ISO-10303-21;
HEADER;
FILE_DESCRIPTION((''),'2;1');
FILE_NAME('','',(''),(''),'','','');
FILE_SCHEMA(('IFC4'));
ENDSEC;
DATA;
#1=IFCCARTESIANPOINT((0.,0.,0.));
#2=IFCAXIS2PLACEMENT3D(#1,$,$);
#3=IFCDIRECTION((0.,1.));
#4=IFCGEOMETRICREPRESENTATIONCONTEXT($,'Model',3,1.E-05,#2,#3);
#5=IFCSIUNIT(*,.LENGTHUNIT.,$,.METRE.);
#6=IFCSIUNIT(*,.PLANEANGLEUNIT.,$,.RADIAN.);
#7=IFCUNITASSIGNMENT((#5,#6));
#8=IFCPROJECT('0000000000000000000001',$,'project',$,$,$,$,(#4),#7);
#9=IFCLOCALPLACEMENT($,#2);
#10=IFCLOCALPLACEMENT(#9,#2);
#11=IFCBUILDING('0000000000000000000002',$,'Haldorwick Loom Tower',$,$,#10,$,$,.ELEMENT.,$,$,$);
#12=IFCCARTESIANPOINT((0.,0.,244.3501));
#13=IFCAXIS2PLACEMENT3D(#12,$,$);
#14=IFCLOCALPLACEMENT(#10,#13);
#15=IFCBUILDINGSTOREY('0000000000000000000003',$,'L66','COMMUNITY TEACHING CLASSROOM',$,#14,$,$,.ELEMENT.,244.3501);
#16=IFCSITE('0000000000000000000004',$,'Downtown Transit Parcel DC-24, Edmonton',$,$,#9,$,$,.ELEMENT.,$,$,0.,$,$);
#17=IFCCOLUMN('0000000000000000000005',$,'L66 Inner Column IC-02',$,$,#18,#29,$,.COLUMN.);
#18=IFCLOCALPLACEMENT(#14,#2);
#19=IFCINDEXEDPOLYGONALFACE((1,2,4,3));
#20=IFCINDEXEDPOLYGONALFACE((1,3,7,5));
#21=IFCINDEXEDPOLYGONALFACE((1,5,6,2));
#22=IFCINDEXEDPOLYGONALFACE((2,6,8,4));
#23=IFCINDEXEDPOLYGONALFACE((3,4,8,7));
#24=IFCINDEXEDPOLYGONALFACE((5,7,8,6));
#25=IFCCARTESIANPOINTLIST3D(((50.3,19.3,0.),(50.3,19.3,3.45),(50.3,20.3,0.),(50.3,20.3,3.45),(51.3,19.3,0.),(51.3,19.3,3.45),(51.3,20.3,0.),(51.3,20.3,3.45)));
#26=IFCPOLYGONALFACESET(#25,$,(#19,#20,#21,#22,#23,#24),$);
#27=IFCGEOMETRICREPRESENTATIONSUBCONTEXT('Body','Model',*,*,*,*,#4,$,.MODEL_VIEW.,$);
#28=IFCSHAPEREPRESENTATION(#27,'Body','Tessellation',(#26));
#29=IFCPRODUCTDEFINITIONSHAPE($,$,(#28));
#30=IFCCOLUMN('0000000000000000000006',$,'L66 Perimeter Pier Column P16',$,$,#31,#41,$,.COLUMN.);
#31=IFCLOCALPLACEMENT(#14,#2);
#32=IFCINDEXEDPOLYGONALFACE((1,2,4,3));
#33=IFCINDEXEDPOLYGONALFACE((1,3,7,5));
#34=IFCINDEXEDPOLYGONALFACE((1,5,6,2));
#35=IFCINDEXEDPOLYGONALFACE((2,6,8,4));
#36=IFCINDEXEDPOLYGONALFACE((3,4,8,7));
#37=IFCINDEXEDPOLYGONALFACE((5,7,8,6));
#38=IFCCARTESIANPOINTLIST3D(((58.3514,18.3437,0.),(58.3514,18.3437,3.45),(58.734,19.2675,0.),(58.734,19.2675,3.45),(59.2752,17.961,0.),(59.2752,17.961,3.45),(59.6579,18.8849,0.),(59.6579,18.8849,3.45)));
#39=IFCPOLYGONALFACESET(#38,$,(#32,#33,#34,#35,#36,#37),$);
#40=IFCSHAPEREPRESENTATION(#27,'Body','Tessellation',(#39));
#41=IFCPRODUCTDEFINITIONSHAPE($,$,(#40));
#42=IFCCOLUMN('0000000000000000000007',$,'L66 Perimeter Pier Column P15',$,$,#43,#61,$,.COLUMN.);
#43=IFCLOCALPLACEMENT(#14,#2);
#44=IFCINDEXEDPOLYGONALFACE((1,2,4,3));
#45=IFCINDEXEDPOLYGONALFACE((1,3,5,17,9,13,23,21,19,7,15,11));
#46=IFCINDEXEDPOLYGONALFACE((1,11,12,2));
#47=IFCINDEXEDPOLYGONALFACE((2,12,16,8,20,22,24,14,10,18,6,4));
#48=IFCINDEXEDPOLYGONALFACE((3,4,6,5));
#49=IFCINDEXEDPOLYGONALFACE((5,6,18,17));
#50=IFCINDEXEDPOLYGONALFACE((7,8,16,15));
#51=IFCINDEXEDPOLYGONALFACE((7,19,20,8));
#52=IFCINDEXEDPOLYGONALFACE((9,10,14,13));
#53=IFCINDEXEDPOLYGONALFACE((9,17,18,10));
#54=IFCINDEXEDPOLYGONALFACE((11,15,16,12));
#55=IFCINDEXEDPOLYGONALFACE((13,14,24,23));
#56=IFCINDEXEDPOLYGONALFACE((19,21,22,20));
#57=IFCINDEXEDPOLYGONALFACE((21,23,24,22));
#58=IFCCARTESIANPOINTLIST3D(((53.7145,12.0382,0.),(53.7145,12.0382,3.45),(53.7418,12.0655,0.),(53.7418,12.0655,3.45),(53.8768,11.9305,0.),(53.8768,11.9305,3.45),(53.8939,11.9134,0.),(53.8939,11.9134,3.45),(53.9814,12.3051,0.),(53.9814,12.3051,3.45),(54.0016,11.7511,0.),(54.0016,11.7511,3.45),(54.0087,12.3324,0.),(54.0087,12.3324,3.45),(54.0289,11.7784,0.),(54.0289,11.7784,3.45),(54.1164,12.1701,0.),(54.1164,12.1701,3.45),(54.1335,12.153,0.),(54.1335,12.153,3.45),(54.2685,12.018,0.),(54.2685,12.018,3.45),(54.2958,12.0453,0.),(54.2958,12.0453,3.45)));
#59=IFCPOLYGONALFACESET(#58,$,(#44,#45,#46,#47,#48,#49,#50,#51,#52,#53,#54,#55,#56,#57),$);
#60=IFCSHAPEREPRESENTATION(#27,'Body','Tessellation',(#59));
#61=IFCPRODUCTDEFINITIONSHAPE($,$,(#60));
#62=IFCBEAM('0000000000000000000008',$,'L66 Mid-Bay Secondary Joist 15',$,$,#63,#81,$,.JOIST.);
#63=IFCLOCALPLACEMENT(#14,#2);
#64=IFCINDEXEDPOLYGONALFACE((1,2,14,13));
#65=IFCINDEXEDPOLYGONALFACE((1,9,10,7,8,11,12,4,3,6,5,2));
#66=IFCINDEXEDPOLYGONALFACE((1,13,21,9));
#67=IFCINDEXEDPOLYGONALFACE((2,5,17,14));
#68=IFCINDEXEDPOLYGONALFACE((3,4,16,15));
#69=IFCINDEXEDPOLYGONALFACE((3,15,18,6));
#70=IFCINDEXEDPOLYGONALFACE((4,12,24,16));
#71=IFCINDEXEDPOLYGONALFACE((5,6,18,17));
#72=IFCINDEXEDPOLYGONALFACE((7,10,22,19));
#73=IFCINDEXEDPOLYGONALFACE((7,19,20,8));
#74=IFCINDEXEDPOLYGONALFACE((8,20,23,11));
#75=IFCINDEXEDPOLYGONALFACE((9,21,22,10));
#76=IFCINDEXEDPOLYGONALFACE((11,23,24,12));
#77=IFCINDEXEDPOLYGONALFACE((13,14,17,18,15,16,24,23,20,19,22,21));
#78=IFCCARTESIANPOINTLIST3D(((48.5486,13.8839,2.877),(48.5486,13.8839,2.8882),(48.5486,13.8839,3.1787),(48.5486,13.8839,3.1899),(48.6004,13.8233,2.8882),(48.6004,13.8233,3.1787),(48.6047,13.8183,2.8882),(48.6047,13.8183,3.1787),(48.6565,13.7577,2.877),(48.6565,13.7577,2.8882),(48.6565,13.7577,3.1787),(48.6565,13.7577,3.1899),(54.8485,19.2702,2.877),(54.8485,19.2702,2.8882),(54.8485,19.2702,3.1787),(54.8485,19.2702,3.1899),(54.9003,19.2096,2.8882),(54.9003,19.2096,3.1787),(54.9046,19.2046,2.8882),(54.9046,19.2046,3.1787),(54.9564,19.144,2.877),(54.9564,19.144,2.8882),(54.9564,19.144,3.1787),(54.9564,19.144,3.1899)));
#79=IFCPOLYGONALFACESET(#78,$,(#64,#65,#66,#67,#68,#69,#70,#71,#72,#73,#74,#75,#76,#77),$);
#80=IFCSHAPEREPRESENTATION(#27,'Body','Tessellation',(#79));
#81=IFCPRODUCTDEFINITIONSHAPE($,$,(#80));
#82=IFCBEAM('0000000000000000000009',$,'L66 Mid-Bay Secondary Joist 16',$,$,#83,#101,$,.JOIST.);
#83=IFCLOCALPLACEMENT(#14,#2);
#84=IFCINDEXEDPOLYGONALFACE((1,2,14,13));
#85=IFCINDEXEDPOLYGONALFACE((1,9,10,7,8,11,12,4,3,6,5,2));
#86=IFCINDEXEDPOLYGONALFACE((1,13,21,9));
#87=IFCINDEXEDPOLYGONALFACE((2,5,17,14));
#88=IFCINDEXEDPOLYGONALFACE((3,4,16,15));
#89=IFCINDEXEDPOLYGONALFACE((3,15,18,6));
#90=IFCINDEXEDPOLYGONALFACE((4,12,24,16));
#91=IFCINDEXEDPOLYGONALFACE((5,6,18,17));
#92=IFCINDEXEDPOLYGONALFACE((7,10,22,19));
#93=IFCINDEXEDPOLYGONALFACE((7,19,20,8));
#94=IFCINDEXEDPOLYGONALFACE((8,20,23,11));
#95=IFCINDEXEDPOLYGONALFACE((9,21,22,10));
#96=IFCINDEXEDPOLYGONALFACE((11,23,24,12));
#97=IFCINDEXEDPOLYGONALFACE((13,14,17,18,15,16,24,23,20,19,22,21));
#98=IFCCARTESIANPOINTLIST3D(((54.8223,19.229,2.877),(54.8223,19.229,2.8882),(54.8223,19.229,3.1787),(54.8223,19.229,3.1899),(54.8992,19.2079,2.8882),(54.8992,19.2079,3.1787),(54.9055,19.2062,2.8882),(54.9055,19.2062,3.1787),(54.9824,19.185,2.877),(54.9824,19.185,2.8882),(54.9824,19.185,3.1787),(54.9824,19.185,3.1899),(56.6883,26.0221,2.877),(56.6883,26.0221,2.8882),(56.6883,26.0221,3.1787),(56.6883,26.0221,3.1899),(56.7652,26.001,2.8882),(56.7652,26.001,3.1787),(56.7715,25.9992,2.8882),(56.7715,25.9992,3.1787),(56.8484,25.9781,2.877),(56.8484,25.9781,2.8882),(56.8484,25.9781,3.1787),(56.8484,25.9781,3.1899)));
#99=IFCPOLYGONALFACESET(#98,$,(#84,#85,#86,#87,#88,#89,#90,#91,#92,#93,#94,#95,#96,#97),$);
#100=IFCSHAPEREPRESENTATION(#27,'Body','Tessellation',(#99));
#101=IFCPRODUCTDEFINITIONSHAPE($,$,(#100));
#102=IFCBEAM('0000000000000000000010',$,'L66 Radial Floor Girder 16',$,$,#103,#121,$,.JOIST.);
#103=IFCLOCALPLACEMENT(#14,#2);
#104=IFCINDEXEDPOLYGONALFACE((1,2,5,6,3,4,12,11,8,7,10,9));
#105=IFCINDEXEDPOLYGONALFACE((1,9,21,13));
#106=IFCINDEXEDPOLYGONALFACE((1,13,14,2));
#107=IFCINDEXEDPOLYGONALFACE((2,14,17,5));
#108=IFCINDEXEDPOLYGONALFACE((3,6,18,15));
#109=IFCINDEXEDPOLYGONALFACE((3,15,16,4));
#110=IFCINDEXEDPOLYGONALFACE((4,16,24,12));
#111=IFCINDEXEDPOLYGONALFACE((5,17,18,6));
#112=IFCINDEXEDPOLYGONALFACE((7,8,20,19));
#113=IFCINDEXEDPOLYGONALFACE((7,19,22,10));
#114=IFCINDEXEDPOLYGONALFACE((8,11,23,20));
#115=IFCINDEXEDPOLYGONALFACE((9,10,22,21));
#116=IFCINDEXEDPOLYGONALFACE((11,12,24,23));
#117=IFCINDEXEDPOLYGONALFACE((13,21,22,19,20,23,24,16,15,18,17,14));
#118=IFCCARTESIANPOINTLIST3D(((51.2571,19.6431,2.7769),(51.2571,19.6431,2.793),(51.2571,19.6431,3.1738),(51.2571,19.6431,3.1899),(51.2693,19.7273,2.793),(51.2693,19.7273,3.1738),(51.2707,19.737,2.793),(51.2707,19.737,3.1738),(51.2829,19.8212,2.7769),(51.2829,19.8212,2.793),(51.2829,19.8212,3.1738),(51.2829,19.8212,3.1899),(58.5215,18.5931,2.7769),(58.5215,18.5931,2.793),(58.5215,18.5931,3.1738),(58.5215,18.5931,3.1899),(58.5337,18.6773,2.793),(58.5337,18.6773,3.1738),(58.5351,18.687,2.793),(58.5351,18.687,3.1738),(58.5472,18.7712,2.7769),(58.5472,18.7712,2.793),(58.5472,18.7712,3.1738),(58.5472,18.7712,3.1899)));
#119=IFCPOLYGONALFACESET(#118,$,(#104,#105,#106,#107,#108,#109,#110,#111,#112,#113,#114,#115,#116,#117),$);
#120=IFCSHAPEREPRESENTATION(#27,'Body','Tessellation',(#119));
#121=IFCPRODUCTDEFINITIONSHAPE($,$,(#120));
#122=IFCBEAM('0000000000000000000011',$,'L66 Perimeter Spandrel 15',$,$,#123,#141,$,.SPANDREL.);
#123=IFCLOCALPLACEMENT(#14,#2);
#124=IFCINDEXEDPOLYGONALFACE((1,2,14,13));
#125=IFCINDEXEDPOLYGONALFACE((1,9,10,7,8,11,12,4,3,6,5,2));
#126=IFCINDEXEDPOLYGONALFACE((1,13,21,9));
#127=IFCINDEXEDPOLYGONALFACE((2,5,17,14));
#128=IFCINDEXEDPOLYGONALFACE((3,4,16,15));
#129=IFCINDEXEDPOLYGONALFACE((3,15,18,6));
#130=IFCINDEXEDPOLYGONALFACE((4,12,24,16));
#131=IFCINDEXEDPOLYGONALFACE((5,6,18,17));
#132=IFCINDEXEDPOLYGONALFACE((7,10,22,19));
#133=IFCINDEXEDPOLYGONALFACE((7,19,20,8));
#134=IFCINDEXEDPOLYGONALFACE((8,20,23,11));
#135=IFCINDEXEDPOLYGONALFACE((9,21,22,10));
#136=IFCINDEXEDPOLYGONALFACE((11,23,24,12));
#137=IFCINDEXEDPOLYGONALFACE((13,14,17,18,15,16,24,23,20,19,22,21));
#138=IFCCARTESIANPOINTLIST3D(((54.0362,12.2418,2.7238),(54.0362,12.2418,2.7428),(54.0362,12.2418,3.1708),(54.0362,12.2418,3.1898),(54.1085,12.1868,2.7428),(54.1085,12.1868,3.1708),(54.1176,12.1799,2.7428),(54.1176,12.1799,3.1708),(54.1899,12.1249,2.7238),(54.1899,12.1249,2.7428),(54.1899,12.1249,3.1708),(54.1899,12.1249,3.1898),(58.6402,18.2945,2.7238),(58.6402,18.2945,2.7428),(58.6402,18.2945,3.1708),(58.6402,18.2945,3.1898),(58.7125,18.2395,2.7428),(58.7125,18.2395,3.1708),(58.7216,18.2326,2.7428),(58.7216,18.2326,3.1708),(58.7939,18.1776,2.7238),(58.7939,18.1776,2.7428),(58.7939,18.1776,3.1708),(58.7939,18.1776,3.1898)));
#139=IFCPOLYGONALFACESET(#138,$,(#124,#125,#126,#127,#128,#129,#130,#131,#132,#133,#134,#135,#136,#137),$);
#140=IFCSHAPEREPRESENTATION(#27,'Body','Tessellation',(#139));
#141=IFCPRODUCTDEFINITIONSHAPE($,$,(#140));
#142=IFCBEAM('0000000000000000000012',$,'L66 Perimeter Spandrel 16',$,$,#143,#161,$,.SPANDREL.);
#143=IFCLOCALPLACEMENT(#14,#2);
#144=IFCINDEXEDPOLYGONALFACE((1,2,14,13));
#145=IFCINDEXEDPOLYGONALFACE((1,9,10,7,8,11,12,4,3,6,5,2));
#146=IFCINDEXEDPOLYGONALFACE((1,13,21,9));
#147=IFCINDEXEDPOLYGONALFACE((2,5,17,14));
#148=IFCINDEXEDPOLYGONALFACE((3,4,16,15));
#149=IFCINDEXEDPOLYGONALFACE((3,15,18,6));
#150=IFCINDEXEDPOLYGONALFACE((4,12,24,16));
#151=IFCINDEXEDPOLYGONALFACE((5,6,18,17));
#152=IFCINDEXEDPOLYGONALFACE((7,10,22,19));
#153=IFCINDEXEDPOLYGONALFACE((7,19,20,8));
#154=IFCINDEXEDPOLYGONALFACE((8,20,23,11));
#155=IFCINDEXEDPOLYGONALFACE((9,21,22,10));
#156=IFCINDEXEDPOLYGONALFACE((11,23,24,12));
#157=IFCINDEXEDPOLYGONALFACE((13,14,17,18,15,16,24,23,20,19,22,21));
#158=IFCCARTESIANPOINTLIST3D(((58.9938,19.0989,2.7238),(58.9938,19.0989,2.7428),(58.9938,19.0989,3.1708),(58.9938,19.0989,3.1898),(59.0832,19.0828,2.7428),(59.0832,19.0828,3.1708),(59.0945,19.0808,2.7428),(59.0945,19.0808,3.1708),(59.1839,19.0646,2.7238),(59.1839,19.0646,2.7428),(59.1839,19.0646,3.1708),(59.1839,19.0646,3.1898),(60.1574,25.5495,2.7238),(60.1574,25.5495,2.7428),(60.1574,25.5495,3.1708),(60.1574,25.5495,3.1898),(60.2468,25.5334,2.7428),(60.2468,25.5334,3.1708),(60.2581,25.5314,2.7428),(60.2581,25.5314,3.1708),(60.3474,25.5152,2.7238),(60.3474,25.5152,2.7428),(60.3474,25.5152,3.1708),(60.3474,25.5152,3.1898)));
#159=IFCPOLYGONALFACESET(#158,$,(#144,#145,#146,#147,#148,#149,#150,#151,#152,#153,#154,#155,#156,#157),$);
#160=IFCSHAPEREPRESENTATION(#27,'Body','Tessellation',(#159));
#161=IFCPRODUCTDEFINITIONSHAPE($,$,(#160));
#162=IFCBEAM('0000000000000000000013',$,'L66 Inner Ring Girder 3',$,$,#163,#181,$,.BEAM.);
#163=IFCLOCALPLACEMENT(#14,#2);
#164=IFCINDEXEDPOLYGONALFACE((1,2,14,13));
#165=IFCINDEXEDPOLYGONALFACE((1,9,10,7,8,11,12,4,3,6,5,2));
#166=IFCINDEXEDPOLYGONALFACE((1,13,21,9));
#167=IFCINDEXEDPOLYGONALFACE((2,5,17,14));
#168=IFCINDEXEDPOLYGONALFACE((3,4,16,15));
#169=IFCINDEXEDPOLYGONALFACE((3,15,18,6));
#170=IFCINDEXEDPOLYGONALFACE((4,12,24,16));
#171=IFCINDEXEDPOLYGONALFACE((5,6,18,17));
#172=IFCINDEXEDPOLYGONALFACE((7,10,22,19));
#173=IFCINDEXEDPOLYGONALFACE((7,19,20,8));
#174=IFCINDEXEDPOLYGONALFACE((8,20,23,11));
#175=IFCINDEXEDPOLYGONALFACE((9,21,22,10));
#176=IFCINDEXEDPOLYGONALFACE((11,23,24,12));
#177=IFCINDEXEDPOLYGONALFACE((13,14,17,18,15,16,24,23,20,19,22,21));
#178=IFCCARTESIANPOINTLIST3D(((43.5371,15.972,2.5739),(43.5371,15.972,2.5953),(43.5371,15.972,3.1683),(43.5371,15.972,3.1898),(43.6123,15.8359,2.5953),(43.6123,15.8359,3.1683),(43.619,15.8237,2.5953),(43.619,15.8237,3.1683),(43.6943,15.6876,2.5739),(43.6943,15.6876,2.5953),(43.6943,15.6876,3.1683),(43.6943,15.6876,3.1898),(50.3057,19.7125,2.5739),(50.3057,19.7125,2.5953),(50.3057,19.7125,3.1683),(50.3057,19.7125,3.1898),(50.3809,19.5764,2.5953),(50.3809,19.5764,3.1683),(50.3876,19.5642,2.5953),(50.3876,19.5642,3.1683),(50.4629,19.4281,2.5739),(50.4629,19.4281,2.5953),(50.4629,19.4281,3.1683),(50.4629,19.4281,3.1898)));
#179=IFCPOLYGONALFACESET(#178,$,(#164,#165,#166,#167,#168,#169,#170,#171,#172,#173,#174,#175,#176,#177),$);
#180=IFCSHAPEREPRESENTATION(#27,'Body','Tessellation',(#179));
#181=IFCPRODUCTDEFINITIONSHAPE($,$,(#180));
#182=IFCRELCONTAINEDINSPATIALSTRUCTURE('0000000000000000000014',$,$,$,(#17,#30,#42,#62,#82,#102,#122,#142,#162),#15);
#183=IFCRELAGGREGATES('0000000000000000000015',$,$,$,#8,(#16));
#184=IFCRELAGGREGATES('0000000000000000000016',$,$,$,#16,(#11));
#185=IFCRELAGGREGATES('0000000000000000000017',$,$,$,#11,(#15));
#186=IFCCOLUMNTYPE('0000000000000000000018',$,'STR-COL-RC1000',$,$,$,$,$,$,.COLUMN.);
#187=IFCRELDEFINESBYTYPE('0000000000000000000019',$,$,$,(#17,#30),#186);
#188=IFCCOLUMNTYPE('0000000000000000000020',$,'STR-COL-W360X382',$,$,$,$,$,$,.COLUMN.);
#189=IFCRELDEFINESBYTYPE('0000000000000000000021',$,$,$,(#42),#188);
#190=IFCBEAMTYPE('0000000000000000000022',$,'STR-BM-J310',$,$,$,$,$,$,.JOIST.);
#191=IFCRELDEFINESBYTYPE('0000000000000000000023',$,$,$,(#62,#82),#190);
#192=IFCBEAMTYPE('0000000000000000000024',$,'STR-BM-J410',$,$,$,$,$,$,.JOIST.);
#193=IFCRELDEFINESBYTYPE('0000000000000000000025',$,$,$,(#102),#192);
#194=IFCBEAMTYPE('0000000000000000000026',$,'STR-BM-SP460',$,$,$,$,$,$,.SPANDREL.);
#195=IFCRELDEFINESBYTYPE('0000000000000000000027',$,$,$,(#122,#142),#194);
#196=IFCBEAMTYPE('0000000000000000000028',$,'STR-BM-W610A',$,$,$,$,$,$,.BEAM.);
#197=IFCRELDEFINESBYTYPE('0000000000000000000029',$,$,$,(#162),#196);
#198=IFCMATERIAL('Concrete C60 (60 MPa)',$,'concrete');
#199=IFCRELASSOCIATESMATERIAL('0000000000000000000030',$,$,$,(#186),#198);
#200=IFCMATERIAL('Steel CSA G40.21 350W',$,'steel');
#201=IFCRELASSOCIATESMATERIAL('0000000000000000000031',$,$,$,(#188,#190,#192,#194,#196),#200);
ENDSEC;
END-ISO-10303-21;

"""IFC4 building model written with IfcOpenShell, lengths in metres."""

from ifc_helpers import new_model, si_unit, direction, frame, origin, origin_2d, place, context, subcontext, project, spatial, rectangle, i_section, extrude, material, material_profile, profile_set, type_object, element, save


model = new_model("IFC4")

# Units and contexts
model_context = context("Model", 3, precision=1e-05, world=origin(), true_north=direction((0.0, 1.0)))
body_context = subcontext(model_context, "Body", "Model", "MODEL_VIEW")
ifc_project = project(units=[si_unit("LENGTHUNIT", "METRE"), si_unit("PLANEANGLEUNIT", "RADIAN")], contexts=[model_context])

# Site, building, storey
site_placement = place(None, origin())
site = spatial("IfcSite", under=ifc_project, at=site_placement, Name="Downtown Transit Parcel DC-24, Edmonton", CompositionType="ELEMENT", RefElevation=0.0)
building_placement = place(site_placement, origin())
building = spatial("IfcBuilding", under=site, at=building_placement, Name="Haldorwick Loom Tower", CompositionType="ELEMENT")
storey_placement = place(building_placement, frame((0.0, 0.0, 244.3501)))
storey = spatial("IfcBuildingStorey", under=building, at=storey_placement, Name="L66", Description="COMMUNITY TEACHING CLASSROOM", CompositionType="ELEMENT", Elevation=244.3501)

# Columns
ifc_material_1 = material(Name="Concrete C60 (60 MPa)", Category="concrete")
ifc_material_profile_1 = material_profile(ifc_material_1, rectangle(XDim=1.0, YDim=1.0, at=origin_2d()), Name="RC1000X1000", Category="concrete")
ifc_profile_set_1 = profile_set([ifc_material_profile_1], Name="Concrete C60 (60 MPa)")
column_type_1 = type_object("IfcColumnType", Name="STR-COL-RC1000", PredefinedType="COLUMN", material=ifc_profile_set_1)
for number, where, z_axis, x_axis, name in (
    (1, (50.8, 19.8, 0.0), (0.0, 0.0, 1.0), (1.0, 0.0, 0.0), "L66 Inner Column IC-02"),
    (2, (59.0046, 18.6143, 0.0), (0.0, 0.0, 1.0), (0.92388, -0.382683, 0.0), "L66 Perimeter Pier Column P16"),
):
    element("IfcColumn", number, at=place(storey_placement, frame(where, z_axis=z_axis, x_axis=x_axis)), inside=storey, type_object=column_type_1, Name=name, PredefinedType="COLUMN", context=body_context, shape_type="SweptSolid", body=[
        extrude(rectangle(XDim=1.0, YDim=1.0, at=origin_2d()), origin(), (0.0, 0.0, 1.0), 3.45),
    ])
ifc_material_2 = material(Name="Steel CSA G40.21 350W", Category="steel")
ifc_material_profile_2 = material_profile(ifc_material_2, i_section(OverallWidth=0.406, OverallDepth=0.416, WebThickness=0.0242, FlangeThickness=0.0386, at=origin_2d()), Name="W360X382", Category="steel")
ifc_profile_set_2 = profile_set([ifc_material_profile_2], Name="Steel CSA G40.21 350W")
column_type_2 = type_object("IfcColumnType", Name="STR-COL-W360X382", PredefinedType="COLUMN", material=ifc_profile_set_2)
column_placement = place(storey_placement, frame((54.0051, 12.0417, 0.0), z_axis=(0.0, 0.0, 1.0), x_axis=(0.707107, -0.707107, 0.0)))
element("IfcColumn", 3, at=column_placement, inside=storey, type_object=column_type_2, Name="L66 Perimeter Pier Column P15", PredefinedType="COLUMN", context=body_context, shape_type="SweptSolid", body=[
    extrude(i_section(OverallWidth=0.406, OverallDepth=0.416, WebThickness=0.0242, FlangeThickness=0.0386, at=origin_2d()), origin(), (0.0, 0.0, 1.0), 3.45),
])

# Beams
ifc_material_profile_3 = material_profile(ifc_material_2, i_section(OverallWidth=0.166, OverallDepth=0.313, WebThickness=0.0066, FlangeThickness=0.0112, at=origin_2d()), Name="W310X45", Category="steel")
ifc_profile_set_3 = profile_set([ifc_material_profile_3], Name="Steel CSA G40.21 350W")
beam_type_1 = type_object("IfcBeamType", Name="STR-BM-J310", PredefinedType="JOIST", material=ifc_profile_set_3)
beam_1_placement = place(storey_placement, frame((48.6025, 13.8208, 3.0334), z_axis=(0.760067, 0.649845, 0.0), x_axis=(-0.649845, 0.760067, 0.0)))
element("IfcBeam", 4, at=beam_1_placement, inside=storey, type_object=beam_type_1, Name="L66 Mid-Bay Secondary Joist 15", PredefinedType="JOIST", context=body_context, shape_type="SweptSolid", body=[
    extrude(i_section(OverallWidth=0.166, OverallDepth=0.313, WebThickness=0.0066, FlangeThickness=0.0112, at=origin_2d()), origin(), (0.0, 0.0, 1.0), 8.2886),
])
beam_2_placement = place(storey_placement, frame((54.9023, 19.207, 3.0334), z_axis=(0.264879, 0.964282, 0.0), x_axis=(-0.964282, 0.264879, 0.0)))
element("IfcBeam", 5, at=beam_2_placement, inside=storey, type_object=beam_type_1, Name="L66 Mid-Bay Secondary Joist 16", PredefinedType="JOIST", context=body_context, shape_type="SweptSolid", body=[
    extrude(i_section(OverallWidth=0.166, OverallDepth=0.313, WebThickness=0.0066, FlangeThickness=0.0112, at=origin_2d()), origin(), (0.0, 0.0, 1.0), 7.0447),
])
ifc_material_profile_4 = material_profile(ifc_material_2, i_section(OverallWidth=0.1799, OverallDepth=0.4131, WebThickness=0.0098, FlangeThickness=0.0161, at=origin_2d()), Name="W410X74", Category="steel")
ifc_profile_set_4 = profile_set([ifc_material_profile_4], Name="Steel CSA G40.21 350W")
beam_type_2 = type_object("IfcBeamType", Name="STR-BM-J410", PredefinedType="JOIST", material=ifc_profile_set_4)
beam_3_placement = place(storey_placement, frame((51.27, 19.7322, 2.9834), z_axis=(0.989714, -0.14306, 0.0), x_axis=(0.14306, 0.989714, 0.0)))
element("IfcBeam", 6, at=beam_3_placement, inside=storey, type_object=beam_type_2, Name="L66 Radial Floor Girder 16", PredefinedType="JOIST", context=body_context, shape_type="SweptSolid", body=[
    extrude(i_section(OverallWidth=0.1799, OverallDepth=0.4131, WebThickness=0.0098, FlangeThickness=0.0161, at=origin_2d()), origin(), (0.0, 0.0, 1.0), 7.3398),
])
ifc_material_profile_5 = material_profile(ifc_material_2, i_section(OverallWidth=0.1931, OverallDepth=0.4661, WebThickness=0.0115, FlangeThickness=0.019, at=origin_2d()), Name="W460X97", Category="steel")
ifc_profile_set_5 = profile_set([ifc_material_profile_5], Name="Steel CSA G40.21 350W")
beam_type_3 = type_object("IfcBeamType", Name="STR-BM-SP460", PredefinedType="SPANDREL", material=ifc_profile_set_5)
beam_4_placement = place(storey_placement, frame((54.113, 12.1833, 2.9568), z_axis=(0.60541, 0.795913, 0.0), x_axis=(-0.795913, 0.60541, 0.0)))
element("IfcBeam", 7, at=beam_4_placement, inside=storey, type_object=beam_type_3, Name="L66 Perimeter Spandrel 15", PredefinedType="SPANDREL", context=body_context, shape_type="SweptSolid", body=[
    extrude(i_section(OverallWidth=0.1931, OverallDepth=0.4661, WebThickness=0.0115, FlangeThickness=0.019, at=origin_2d()), origin(), (0.0, 0.0, 1.0), 7.6047),
])
beam_5_placement = place(storey_placement, frame((59.0889, 19.0818, 2.9568), z_axis=(0.177515, 0.984118, 0.0), x_axis=(-0.984118, 0.177515, 0.0)))
element("IfcBeam", 8, at=beam_5_placement, inside=storey, type_object=beam_type_3, Name="L66 Perimeter Spandrel 16", PredefinedType="SPANDREL", context=body_context, shape_type="SweptSolid", body=[
    extrude(i_section(OverallWidth=0.1931, OverallDepth=0.4661, WebThickness=0.0115, FlangeThickness=0.019, at=origin_2d()), origin(), (0.0, 0.0, 1.0), 6.5547),
])
ifc_material_profile_6 = material_profile(ifc_material_2, i_section(OverallWidth=0.325, OverallDepth=0.616, WebThickness=0.0139, FlangeThickness=0.0215, at=origin_2d()), Name="W610X174", Category="steel")
ifc_profile_set_6 = profile_set([ifc_material_profile_6], Name="Steel CSA G40.21 350W")
beam_type_4 = type_object("IfcBeamType", Name="STR-BM-W610A", PredefinedType="BEAM", material=ifc_profile_set_6)
beam_6_placement = place(storey_placement, frame((50.3843, 19.5703, 2.8818), z_axis=(-0.875244, -0.483682, 0.0), x_axis=(0.483682, -0.875244, 0.0)))
element("IfcBeam", 9, at=beam_6_placement, inside=storey, type_object=beam_type_4, Name="L66 Inner Ring Girder 3", PredefinedType="BEAM", context=body_context, shape_type="SweptSolid", body=[
    extrude(i_section(OverallWidth=0.325, OverallDepth=0.616, WebThickness=0.0139, FlangeThickness=0.0215, at=origin_2d()), origin(), (0.0, 0.0, 1.0), 7.7334),
])

save(model, "model.ifc")
